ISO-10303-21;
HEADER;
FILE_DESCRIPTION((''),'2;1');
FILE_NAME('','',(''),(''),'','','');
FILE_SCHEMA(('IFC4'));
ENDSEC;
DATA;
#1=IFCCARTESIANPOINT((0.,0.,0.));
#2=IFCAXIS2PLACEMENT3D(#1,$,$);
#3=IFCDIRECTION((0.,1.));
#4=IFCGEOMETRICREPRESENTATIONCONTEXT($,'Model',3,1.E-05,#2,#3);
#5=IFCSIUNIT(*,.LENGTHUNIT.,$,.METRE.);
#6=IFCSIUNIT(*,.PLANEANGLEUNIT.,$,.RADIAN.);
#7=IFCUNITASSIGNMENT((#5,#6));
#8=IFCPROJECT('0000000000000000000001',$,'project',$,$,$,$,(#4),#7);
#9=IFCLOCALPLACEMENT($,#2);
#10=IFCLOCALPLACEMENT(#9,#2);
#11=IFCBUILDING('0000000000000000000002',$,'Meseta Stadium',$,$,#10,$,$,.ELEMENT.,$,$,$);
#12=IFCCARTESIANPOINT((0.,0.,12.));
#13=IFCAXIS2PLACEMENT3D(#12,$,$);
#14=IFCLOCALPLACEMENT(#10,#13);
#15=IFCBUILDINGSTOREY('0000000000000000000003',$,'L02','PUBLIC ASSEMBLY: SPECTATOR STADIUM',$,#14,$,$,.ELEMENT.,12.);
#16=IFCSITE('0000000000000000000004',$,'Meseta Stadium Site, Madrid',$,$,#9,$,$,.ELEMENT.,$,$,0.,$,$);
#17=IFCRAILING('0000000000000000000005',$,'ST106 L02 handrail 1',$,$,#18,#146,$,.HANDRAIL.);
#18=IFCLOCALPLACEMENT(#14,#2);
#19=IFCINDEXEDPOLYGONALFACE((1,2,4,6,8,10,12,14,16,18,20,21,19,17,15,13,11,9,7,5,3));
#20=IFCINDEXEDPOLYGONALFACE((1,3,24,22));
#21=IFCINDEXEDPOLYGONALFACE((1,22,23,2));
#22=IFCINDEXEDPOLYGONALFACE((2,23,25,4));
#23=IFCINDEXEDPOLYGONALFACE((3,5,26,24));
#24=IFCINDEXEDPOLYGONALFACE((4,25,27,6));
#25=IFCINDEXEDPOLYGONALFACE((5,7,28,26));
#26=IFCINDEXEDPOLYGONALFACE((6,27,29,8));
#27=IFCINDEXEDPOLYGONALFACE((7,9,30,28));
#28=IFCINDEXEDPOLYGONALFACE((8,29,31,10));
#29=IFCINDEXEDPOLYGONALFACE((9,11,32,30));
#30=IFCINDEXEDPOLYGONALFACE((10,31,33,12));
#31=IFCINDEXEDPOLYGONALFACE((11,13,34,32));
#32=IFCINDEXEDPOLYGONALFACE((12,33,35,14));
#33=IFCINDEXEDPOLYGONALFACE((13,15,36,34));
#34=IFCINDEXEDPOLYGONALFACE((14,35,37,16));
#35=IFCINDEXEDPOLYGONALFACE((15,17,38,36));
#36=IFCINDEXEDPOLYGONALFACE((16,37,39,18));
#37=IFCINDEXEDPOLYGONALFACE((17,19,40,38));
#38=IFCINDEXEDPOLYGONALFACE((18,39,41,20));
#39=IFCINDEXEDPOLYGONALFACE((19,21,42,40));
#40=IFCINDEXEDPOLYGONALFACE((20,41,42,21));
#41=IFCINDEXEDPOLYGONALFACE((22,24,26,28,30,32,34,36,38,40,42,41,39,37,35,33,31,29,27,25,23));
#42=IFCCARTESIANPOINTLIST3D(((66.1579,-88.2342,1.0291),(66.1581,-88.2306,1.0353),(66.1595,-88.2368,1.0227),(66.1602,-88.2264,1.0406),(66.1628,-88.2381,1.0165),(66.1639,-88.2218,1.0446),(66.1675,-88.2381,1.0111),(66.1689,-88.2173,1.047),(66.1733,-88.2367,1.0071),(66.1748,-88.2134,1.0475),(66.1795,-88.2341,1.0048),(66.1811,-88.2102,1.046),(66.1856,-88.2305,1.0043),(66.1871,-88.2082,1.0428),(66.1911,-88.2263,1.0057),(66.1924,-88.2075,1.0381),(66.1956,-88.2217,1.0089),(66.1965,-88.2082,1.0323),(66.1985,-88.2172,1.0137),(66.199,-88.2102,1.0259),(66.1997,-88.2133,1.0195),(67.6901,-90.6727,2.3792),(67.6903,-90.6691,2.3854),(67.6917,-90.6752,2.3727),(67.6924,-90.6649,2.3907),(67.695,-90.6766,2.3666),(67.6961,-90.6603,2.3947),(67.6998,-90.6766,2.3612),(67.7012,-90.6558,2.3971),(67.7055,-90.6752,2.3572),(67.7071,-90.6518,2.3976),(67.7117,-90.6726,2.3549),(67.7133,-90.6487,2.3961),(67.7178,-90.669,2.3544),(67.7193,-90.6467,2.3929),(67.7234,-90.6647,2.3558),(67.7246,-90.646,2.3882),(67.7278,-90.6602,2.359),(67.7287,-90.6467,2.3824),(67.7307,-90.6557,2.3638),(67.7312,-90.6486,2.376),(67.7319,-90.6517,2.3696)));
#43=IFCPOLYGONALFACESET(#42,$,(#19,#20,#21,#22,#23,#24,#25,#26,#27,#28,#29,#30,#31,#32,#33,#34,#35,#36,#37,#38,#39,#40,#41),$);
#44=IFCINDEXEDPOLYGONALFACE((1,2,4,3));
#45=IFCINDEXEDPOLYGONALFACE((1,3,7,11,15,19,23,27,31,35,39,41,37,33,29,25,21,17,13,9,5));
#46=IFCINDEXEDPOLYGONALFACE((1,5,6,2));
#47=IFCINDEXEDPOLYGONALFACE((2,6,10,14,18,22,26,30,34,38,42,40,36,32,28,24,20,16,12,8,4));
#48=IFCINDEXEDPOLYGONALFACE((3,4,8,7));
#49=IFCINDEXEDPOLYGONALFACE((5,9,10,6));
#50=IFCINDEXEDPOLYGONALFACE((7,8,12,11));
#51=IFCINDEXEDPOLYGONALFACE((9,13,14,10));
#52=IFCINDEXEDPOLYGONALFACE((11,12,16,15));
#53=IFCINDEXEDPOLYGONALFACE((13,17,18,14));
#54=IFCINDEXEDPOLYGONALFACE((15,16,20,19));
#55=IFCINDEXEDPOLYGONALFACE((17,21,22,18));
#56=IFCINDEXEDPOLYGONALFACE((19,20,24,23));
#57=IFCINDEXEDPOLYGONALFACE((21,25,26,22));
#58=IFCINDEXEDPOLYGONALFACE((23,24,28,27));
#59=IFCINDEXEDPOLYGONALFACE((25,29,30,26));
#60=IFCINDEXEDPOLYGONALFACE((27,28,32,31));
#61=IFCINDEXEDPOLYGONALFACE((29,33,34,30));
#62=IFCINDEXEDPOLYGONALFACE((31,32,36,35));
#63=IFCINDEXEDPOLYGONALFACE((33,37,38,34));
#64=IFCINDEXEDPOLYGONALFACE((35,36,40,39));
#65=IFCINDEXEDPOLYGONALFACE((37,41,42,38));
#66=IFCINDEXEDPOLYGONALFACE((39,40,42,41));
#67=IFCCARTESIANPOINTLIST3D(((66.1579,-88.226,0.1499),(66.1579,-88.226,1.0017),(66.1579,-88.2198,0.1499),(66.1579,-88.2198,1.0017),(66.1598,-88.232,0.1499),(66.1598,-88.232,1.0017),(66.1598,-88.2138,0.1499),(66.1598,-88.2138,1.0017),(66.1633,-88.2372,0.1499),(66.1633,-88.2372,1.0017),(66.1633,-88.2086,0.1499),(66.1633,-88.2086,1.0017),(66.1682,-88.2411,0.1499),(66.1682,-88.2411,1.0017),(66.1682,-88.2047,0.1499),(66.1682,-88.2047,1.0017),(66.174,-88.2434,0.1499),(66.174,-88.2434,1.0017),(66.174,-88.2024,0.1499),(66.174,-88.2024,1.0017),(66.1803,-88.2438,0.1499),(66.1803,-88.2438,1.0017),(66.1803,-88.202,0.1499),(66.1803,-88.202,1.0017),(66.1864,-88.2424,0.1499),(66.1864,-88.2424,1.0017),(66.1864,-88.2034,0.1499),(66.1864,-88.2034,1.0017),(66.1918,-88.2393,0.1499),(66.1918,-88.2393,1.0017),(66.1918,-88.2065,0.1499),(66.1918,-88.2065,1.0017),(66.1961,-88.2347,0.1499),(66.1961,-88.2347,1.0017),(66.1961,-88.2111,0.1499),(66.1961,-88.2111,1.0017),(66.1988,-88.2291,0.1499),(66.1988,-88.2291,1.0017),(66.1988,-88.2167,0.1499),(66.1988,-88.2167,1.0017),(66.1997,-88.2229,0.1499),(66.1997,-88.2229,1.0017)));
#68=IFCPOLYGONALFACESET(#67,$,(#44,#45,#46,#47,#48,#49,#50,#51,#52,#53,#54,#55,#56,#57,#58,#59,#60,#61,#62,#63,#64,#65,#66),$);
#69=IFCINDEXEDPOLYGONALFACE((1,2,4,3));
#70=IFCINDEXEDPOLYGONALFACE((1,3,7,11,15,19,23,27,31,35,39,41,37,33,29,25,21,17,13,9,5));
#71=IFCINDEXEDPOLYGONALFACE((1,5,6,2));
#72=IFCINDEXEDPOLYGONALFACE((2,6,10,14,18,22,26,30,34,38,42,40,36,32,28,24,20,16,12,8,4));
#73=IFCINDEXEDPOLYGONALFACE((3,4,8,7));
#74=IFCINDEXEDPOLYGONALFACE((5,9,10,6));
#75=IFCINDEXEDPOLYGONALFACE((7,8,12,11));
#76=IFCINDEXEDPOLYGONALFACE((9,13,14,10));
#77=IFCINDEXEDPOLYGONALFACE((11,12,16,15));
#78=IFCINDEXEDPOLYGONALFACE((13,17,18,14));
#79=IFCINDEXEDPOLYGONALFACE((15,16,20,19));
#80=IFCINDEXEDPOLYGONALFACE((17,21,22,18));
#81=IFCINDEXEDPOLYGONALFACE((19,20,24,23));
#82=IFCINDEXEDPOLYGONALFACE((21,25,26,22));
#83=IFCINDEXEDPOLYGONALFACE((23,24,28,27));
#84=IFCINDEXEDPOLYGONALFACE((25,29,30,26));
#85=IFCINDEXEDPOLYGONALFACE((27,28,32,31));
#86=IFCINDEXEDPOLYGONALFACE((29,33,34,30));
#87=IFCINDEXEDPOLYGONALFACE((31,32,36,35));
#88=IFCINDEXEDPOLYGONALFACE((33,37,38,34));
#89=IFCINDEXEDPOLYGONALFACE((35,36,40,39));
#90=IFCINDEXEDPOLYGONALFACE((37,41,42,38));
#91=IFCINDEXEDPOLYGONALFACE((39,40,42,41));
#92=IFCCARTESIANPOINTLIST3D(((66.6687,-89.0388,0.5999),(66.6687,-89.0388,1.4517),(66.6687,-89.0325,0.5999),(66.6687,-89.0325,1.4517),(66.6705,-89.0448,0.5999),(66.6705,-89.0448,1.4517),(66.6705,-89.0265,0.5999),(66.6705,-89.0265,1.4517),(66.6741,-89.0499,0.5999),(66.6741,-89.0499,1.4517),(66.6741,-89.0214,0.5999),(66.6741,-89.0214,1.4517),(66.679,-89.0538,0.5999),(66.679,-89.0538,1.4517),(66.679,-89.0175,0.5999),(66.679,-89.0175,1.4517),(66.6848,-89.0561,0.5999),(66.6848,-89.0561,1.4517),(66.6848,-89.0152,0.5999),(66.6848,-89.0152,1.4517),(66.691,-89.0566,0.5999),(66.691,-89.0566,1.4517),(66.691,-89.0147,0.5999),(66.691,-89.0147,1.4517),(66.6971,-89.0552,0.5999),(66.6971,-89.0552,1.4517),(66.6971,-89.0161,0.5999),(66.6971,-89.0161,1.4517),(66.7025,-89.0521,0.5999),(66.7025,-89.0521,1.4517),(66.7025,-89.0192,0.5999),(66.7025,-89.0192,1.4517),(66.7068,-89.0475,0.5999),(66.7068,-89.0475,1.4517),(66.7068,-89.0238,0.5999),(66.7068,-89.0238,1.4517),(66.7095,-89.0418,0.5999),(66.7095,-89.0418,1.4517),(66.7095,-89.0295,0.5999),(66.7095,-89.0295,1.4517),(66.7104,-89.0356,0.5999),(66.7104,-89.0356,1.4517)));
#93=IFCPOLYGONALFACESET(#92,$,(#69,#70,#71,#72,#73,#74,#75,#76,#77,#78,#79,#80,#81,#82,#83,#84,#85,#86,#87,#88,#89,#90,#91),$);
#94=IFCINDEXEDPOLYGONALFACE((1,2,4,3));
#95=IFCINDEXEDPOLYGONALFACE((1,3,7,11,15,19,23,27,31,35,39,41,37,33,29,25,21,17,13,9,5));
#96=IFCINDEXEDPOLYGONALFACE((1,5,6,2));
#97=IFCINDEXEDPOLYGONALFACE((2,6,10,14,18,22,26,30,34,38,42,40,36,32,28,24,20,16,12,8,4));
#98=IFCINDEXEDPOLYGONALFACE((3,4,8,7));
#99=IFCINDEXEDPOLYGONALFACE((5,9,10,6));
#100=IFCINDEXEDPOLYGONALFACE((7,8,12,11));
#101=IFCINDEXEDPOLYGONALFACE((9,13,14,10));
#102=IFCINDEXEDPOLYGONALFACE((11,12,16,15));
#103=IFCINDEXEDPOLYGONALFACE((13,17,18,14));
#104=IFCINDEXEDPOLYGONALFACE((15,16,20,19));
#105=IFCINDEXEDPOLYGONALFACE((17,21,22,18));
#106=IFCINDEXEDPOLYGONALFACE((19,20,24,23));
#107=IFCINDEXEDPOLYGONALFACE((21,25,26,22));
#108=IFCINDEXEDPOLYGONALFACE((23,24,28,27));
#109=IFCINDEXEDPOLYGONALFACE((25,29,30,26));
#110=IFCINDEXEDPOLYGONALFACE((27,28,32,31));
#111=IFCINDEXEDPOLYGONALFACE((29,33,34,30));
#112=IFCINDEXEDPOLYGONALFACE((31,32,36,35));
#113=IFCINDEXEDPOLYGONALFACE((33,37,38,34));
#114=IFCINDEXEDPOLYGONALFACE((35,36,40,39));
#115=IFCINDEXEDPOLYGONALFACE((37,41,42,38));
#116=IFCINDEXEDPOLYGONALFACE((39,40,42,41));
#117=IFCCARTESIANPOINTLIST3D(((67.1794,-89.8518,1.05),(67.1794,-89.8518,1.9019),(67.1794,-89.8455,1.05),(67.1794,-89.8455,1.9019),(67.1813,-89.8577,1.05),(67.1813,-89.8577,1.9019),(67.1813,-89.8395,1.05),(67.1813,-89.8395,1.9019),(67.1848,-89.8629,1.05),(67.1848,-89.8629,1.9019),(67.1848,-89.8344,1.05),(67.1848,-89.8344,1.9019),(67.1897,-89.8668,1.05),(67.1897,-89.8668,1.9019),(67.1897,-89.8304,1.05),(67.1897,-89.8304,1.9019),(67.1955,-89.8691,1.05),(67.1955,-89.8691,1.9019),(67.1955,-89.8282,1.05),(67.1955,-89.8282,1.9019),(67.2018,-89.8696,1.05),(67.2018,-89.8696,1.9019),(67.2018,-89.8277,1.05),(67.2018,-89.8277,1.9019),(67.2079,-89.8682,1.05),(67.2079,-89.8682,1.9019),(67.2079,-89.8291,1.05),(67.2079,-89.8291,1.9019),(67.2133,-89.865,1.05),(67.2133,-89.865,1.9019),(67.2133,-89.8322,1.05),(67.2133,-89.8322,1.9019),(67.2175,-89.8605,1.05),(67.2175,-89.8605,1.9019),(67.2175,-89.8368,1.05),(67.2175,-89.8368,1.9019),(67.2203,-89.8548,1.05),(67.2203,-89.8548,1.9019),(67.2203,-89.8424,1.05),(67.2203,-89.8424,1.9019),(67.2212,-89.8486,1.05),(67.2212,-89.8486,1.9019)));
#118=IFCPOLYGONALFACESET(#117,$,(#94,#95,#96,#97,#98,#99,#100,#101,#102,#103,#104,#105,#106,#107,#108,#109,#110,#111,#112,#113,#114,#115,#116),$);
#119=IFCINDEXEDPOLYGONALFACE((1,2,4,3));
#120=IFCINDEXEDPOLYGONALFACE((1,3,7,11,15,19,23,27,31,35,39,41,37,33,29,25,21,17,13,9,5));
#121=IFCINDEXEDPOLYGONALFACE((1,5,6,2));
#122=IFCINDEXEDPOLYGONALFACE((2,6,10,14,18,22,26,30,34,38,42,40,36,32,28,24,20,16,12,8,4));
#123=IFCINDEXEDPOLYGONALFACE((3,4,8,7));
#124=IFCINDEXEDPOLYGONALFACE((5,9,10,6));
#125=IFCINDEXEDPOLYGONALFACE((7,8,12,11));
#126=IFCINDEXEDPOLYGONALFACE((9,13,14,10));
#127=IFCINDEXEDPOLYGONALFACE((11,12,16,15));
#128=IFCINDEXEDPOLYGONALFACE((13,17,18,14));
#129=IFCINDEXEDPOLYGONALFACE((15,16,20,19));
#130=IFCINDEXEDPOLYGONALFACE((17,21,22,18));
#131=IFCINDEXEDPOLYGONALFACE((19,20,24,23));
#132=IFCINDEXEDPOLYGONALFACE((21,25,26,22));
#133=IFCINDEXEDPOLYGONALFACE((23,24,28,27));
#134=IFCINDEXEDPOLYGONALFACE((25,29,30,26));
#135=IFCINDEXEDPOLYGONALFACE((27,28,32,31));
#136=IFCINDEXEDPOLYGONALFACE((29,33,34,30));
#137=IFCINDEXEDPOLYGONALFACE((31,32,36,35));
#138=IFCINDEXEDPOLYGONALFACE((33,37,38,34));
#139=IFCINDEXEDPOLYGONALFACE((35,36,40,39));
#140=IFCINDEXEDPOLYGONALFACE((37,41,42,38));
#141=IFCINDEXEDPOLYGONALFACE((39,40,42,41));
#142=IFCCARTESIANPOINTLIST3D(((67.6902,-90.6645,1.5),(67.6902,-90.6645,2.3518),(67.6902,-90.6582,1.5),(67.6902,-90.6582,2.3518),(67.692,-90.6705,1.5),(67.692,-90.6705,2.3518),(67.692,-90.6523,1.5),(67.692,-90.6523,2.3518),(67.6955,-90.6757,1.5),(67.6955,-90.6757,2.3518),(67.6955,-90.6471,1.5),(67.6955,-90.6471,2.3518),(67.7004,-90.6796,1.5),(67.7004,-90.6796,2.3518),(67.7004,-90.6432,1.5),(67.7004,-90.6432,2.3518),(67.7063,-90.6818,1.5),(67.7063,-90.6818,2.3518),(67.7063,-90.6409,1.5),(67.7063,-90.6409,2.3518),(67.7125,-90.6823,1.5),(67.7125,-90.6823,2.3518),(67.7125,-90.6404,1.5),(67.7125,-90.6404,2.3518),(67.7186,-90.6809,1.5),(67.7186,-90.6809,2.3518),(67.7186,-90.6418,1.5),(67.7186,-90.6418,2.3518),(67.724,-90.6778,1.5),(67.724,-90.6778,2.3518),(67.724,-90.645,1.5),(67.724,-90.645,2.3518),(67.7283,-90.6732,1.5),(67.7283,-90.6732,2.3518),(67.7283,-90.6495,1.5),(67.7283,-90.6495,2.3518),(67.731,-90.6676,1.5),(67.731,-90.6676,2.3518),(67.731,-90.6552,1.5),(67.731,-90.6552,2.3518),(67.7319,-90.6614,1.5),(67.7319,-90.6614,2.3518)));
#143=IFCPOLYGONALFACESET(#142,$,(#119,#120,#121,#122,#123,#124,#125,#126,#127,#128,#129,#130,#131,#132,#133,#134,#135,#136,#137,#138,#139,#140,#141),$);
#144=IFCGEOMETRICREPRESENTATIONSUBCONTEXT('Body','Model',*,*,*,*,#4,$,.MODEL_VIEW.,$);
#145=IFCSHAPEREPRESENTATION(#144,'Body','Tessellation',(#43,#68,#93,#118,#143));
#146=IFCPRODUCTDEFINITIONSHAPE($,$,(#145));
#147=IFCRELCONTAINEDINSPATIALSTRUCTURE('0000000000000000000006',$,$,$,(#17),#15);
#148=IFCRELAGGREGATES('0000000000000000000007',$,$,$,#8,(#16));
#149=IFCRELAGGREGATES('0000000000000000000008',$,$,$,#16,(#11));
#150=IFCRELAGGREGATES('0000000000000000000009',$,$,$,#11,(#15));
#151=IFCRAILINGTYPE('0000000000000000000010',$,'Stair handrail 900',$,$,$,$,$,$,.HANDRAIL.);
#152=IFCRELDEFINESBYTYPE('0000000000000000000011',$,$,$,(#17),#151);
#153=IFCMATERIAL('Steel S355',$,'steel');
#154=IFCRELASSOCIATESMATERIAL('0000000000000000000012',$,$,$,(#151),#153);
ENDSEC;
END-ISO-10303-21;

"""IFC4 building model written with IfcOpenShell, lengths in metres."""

from ifc_helpers import new_model, si_unit, direction, frame, origin, origin_2d, place, context, subcontext, project, spatial, circle, extrude, material, type_object, element, save


model = new_model("IFC4")

# Units and contexts
model_context = context("Model", 3, precision=1e-05, world=origin(), true_north=direction((0.0, 1.0)))
body_context = subcontext(model_context, "Body", "Model", "MODEL_VIEW")
ifc_project = project(units=[si_unit("LENGTHUNIT", "METRE"), si_unit("PLANEANGLEUNIT", "RADIAN")], contexts=[model_context])

# Site, building, storey
site_placement = place(None, origin())
site = spatial("IfcSite", under=ifc_project, at=site_placement, Name="Meseta Stadium Site, Madrid", CompositionType="ELEMENT", RefElevation=0.0)
building_placement = place(site_placement, origin())
building = spatial("IfcBuilding", under=site, at=building_placement, Name="Meseta Stadium", CompositionType="ELEMENT")
storey_placement = place(building_placement, frame((0.0, 0.0, 12.0)))
storey = spatial("IfcBuildingStorey", under=building, at=storey_placement, Name="L02", Description="PUBLIC ASSEMBLY: SPECTATOR STADIUM", CompositionType="ELEMENT", Elevation=12.0)

# Railing
ifc_material_1 = material(Name="Steel S355", Category="steel")
railing_type_1 = type_object("IfcRailingType", Name="Stair handrail 900", PredefinedType="HANDRAIL", material=ifc_material_1)
for number, where, name in (
    (1, (66.1787, -88.2229, 0.1499), "ST106 L02 handrail 1"),
):
    element("IfcRailing", number, at=place(storey_placement, frame(where)), inside=storey, type_object=railing_type_1, Name=name, PredefinedType="HANDRAIL", context=body_context, shape_type="SweptSolid", body=[
        extrude(circle(Radius=0.0239, at=origin_2d()), frame((0.0, 0.0, 0.876), z_axis=(0.481731, -0.766655, 0.42447), x_axis=(0.846719, 0.53204, 0.0)), (0.0, 0.0, 1.0), 3.1807),
        extrude(circle(Radius=0.021, at=origin_2d()), origin(), (0.0, 0.0, 1.0), 0.8518),
        extrude(circle(Radius=0.021, at=origin_2d()), frame((0.5107, -0.8127, 0.45)), (0.0, 0.0, 1.0), 0.8518),
        extrude(circle(Radius=0.021, at=origin_2d()), frame((1.0215, -1.6257, 0.9001)), (0.0, 0.0, 1.0), 0.8518),
        extrude(circle(Radius=0.021, at=origin_2d()), frame((1.5322, -2.4385, 1.3501)), (0.0, 0.0, 1.0), 0.8518),
    ])

save(model, "model.ifc")
